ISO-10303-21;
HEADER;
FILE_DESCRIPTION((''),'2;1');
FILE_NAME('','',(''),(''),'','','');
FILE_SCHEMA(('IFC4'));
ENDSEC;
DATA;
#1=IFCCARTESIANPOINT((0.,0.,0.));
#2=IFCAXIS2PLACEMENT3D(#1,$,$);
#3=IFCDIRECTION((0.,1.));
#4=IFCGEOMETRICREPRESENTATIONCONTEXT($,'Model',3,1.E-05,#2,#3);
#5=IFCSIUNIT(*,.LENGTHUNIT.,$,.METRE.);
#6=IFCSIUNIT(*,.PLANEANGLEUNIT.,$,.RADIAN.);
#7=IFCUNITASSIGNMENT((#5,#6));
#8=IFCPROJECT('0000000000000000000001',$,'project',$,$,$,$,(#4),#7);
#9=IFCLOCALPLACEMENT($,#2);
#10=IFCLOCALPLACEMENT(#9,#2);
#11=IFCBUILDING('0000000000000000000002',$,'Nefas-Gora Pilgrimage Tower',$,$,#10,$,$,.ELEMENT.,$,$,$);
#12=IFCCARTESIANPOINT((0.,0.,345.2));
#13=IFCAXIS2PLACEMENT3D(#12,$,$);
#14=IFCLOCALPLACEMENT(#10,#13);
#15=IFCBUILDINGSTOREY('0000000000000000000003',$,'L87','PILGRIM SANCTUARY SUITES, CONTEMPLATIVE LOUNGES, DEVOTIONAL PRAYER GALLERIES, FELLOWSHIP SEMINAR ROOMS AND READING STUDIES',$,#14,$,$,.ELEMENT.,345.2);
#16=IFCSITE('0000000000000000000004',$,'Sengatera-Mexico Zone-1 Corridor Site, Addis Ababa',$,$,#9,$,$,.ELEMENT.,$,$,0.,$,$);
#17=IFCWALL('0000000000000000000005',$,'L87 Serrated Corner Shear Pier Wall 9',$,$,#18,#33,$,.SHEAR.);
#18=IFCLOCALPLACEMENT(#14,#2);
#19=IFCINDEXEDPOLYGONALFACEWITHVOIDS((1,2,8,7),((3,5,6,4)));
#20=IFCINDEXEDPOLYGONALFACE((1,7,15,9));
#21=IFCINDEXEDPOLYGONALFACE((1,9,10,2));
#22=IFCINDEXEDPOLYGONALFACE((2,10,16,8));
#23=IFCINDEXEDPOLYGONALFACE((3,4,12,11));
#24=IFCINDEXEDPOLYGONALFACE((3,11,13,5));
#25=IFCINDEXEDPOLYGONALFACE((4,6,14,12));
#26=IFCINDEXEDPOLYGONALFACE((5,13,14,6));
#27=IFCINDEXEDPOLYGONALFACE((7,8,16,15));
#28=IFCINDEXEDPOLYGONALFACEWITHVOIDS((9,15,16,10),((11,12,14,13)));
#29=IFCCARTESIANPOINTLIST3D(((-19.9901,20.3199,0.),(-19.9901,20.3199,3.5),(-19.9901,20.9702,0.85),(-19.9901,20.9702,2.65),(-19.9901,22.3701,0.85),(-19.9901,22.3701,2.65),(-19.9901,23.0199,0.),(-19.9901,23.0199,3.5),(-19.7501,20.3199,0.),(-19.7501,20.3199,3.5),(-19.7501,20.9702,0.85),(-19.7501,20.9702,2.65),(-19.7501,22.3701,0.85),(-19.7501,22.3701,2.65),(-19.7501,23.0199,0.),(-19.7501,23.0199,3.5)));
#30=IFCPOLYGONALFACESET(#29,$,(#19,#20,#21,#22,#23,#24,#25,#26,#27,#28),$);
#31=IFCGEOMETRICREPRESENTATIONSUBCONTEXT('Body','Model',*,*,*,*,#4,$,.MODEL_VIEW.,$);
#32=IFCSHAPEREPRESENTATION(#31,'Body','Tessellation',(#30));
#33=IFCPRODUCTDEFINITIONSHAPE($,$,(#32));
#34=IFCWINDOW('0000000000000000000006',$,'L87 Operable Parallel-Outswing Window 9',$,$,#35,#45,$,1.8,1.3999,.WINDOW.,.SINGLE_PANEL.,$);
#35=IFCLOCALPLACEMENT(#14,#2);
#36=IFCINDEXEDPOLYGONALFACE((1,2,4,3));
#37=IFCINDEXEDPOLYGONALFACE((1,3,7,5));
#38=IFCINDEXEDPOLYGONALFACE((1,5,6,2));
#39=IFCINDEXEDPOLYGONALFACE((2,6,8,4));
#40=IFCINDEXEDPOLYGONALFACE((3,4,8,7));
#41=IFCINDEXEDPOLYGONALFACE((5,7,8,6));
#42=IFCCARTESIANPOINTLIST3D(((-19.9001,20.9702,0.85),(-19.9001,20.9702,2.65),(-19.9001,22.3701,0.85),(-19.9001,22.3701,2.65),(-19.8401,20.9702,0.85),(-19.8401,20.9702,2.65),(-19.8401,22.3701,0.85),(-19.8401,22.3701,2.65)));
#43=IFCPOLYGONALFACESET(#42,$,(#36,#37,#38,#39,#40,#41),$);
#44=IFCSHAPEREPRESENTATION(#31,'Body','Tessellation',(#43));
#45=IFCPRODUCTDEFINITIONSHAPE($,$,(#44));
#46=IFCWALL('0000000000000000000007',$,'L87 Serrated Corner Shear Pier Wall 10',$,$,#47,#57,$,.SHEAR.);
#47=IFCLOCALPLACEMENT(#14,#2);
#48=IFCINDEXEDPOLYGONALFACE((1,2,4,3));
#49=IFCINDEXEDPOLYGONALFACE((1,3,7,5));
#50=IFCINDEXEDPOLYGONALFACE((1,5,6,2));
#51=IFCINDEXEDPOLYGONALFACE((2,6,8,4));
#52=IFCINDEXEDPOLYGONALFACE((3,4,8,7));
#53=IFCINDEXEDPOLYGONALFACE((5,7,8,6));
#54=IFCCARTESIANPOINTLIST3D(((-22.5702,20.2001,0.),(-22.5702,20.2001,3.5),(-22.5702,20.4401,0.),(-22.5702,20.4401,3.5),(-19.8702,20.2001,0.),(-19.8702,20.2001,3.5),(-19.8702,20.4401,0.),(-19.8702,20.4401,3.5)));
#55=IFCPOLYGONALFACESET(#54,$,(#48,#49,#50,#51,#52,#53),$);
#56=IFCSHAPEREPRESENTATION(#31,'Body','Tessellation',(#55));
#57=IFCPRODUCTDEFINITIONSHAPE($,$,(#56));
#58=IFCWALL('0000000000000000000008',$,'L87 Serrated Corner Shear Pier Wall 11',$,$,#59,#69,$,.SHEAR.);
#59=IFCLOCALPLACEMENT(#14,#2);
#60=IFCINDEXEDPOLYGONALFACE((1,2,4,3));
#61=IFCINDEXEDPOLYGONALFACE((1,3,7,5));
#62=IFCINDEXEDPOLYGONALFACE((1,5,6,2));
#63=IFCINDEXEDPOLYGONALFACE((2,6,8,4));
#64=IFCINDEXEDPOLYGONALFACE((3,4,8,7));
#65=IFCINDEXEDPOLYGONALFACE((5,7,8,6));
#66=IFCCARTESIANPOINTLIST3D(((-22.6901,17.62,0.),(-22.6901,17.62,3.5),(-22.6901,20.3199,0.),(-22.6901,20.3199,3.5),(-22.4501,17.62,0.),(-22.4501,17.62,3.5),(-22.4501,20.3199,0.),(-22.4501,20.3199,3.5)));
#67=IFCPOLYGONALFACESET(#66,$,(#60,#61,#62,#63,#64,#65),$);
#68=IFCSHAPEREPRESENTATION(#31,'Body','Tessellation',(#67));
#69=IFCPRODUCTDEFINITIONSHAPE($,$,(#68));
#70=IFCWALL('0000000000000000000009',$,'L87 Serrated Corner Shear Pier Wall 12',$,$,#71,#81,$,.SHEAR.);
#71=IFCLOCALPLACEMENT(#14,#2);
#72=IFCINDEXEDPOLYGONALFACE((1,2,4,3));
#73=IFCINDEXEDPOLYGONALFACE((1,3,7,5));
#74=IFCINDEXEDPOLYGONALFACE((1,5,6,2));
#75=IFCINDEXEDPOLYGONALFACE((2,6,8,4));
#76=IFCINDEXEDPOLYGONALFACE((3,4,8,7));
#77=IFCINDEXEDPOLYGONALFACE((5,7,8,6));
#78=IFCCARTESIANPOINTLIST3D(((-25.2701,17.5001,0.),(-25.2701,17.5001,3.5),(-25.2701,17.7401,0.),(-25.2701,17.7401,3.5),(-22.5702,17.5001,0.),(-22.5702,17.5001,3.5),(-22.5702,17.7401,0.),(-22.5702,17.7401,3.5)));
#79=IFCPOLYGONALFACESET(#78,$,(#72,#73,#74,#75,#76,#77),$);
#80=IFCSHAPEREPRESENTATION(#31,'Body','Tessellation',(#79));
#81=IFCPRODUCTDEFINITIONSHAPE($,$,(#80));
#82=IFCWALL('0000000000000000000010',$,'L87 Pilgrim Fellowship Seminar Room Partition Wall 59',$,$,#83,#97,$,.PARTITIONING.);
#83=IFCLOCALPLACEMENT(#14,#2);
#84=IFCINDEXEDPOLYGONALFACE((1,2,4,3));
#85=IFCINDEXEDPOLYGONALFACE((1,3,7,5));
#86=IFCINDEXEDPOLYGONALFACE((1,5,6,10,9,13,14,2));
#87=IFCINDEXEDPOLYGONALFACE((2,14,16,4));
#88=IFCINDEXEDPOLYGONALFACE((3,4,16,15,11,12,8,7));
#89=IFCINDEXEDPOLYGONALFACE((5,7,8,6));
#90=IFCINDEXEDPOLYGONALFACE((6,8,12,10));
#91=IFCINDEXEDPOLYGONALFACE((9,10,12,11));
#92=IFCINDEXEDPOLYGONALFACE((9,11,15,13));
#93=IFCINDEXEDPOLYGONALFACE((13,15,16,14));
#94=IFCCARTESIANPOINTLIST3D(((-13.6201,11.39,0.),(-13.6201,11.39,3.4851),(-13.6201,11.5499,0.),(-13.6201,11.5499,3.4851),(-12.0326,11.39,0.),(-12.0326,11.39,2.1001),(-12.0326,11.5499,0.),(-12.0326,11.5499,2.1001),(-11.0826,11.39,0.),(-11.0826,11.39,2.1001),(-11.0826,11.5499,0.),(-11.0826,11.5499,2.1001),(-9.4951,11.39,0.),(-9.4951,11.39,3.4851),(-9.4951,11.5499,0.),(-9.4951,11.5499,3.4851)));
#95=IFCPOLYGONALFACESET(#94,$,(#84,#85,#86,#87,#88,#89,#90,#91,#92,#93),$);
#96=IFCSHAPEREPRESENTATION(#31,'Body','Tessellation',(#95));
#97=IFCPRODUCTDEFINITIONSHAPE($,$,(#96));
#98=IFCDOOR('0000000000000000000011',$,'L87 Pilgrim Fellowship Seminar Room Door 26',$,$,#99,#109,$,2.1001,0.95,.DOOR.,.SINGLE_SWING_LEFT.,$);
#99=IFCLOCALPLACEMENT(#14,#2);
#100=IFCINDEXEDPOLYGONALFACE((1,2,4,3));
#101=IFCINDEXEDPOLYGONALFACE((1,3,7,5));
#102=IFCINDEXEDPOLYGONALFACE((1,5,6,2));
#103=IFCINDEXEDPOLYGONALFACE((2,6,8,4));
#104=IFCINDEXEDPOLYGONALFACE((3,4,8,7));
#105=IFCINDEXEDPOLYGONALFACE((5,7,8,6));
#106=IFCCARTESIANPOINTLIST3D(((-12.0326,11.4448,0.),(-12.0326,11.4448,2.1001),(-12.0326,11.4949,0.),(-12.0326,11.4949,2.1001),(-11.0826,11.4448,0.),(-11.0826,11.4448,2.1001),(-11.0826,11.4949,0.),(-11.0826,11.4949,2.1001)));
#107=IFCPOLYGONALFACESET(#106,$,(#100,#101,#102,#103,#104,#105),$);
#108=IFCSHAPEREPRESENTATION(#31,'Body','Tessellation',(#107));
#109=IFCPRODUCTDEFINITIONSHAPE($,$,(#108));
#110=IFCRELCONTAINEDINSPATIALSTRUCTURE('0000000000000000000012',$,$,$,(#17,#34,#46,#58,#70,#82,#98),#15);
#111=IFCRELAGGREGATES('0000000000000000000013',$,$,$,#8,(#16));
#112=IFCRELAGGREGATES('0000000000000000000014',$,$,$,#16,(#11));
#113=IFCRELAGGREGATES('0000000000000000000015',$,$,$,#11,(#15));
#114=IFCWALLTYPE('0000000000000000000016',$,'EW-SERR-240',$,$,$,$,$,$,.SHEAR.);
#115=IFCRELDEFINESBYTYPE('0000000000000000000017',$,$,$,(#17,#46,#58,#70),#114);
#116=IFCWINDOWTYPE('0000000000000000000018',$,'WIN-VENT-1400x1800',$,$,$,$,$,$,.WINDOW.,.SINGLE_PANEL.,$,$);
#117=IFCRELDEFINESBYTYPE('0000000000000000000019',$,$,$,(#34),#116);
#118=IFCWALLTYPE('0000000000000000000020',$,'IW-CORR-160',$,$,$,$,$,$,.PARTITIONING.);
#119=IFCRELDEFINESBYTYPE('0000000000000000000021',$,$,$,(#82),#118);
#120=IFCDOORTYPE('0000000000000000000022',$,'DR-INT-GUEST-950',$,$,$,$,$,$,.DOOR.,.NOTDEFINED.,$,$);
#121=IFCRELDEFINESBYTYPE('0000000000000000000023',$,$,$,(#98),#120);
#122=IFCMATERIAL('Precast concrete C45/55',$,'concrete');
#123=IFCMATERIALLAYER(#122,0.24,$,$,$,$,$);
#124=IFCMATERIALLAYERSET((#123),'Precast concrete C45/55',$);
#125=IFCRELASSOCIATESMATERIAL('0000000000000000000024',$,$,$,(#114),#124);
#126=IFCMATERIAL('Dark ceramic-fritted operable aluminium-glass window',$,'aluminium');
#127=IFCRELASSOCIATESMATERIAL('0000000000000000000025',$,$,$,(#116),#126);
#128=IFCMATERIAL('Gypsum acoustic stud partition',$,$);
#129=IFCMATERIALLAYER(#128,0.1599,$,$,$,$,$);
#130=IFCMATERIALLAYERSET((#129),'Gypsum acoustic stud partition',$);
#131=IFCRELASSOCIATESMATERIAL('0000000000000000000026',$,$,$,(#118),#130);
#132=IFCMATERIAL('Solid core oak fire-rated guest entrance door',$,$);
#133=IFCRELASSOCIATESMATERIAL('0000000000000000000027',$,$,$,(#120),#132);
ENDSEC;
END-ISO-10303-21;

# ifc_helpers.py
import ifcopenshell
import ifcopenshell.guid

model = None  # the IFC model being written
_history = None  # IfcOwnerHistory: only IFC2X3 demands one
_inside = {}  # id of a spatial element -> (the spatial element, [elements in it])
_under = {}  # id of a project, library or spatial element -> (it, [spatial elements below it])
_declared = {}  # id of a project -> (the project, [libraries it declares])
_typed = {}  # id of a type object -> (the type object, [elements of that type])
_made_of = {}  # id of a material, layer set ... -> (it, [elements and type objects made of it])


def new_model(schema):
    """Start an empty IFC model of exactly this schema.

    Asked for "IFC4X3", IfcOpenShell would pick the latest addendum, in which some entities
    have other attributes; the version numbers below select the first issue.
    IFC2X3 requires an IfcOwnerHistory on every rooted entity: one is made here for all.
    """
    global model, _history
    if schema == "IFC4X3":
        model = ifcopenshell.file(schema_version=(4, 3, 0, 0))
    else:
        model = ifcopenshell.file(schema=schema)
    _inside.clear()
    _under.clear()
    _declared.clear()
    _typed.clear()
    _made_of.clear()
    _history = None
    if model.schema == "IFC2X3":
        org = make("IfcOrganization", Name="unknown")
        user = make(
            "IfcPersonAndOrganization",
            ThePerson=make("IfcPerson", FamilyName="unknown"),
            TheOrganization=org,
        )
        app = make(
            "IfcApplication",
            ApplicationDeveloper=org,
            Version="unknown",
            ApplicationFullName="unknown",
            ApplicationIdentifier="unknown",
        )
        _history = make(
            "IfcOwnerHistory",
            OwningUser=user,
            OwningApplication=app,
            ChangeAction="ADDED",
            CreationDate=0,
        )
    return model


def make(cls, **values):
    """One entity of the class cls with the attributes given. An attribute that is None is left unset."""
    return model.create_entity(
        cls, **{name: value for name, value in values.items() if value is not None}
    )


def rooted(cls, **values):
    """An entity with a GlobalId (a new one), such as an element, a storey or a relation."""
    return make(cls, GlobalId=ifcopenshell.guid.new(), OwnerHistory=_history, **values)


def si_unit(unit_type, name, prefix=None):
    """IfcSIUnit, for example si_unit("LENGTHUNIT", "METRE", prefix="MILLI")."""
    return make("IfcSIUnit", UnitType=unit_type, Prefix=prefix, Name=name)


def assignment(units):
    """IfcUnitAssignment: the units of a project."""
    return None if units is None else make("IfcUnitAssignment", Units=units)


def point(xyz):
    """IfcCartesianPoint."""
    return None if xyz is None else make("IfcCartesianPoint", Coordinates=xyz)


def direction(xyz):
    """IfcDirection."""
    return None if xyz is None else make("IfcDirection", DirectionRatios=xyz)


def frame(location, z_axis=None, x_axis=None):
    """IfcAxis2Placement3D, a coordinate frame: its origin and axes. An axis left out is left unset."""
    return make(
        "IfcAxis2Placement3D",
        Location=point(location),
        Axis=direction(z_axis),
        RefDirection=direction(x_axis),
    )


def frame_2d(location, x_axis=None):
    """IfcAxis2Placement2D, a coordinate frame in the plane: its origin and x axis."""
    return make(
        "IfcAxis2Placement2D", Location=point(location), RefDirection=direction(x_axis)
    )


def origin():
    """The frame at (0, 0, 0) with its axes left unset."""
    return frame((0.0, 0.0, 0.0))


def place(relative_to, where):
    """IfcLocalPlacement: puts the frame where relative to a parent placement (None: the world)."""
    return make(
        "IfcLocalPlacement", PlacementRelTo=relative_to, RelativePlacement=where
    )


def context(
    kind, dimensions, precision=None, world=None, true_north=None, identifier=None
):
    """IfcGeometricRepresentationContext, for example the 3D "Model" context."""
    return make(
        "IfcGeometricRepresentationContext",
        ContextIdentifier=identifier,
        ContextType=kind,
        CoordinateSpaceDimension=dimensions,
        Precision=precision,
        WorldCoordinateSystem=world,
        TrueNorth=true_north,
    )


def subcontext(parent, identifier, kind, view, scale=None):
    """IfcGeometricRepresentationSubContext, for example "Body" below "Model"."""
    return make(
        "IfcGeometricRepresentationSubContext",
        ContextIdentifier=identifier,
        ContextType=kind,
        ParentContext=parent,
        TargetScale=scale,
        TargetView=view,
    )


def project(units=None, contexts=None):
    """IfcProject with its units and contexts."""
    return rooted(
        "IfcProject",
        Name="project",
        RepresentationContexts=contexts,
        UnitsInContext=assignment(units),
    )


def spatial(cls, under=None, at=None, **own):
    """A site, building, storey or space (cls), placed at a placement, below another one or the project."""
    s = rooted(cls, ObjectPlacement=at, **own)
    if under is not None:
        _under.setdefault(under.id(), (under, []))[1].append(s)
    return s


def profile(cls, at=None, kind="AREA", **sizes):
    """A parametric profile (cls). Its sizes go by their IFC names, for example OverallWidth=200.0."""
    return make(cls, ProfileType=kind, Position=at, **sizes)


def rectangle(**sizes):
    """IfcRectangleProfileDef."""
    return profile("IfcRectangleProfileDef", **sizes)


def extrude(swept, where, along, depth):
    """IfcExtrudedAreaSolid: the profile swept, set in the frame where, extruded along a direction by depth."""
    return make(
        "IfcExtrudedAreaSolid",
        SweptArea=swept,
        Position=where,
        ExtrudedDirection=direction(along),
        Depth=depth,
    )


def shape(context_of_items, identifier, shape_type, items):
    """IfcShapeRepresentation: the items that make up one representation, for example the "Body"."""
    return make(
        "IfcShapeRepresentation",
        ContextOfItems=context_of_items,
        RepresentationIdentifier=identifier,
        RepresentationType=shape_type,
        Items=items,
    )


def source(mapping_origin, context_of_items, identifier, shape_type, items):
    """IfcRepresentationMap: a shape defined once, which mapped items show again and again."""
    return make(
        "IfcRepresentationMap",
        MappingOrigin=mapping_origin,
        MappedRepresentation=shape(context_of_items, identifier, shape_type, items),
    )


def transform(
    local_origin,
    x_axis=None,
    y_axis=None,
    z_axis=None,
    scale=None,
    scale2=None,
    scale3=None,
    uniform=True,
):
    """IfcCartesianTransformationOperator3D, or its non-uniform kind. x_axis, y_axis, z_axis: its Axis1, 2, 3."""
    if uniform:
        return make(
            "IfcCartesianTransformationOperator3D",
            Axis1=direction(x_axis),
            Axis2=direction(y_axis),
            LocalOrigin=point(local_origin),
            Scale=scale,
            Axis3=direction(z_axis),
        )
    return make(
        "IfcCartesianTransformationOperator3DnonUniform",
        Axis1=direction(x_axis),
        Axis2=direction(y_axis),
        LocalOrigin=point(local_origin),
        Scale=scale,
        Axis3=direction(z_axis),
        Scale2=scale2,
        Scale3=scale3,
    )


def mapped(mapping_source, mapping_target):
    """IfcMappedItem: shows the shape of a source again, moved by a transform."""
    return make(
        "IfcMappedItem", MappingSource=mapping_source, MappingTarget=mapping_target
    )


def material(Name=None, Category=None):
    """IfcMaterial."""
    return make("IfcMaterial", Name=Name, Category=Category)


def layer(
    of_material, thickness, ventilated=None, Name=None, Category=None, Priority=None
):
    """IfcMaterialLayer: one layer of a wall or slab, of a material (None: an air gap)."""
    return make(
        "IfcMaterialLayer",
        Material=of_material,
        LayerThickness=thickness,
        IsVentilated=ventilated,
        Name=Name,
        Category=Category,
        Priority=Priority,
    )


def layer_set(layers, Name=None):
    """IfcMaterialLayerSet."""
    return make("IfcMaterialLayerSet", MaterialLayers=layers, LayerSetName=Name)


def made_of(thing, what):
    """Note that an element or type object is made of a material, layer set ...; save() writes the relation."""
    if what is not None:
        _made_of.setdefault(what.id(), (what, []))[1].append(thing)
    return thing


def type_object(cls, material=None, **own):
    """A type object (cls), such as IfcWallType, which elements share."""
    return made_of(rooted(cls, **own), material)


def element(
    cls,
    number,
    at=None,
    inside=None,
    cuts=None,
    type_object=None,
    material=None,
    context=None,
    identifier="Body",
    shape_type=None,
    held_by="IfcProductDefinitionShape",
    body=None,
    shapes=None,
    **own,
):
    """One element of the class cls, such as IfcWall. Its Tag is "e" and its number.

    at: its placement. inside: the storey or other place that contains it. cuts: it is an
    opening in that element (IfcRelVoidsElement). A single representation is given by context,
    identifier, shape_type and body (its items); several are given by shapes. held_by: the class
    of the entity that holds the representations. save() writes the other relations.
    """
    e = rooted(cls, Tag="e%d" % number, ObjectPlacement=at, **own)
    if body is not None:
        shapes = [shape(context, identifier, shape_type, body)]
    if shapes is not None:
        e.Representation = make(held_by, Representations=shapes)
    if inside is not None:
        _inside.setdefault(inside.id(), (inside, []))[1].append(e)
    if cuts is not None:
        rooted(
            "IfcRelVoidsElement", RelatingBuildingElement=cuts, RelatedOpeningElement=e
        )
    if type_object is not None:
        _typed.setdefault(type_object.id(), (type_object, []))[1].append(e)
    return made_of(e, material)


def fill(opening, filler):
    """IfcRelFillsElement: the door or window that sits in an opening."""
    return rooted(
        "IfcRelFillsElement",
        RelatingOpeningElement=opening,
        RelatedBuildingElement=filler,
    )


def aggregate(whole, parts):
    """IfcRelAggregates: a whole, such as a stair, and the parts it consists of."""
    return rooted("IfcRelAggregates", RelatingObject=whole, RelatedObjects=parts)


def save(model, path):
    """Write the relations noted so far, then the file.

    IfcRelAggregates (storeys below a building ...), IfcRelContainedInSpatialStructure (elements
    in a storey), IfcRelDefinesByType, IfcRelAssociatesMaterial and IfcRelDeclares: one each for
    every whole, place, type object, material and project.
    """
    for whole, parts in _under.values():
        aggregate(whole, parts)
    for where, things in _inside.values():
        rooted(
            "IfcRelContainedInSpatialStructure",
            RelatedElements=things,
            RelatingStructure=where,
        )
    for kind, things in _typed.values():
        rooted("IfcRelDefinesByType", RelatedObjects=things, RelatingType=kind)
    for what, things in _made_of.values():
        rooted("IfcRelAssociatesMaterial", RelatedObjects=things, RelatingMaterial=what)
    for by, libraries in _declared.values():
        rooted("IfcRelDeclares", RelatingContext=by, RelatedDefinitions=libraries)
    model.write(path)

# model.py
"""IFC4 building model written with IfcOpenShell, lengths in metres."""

from ifc_helpers import new_model, si_unit, direction, frame, frame_2d, origin, place, context, subcontext, project, spatial, rectangle, extrude, source, transform, mapped, material, layer, layer_set, type_object, element, fill, save


model = new_model("IFC4")

# Units and contexts
model_context = context("Model", 3, precision=1e-05, world=origin(), true_north=direction((0.0, 1.0)))
body_context = subcontext(model_context, "Body", "Model", "MODEL_VIEW")
ifc_project = project(units=[si_unit("LENGTHUNIT", "METRE"), si_unit("PLANEANGLEUNIT", "RADIAN")], contexts=[model_context])

# Site, building, storey
site_placement = place(None, origin())
site = spatial("IfcSite", under=ifc_project, at=site_placement, Name="Sengatera-Mexico Zone-1 Corridor Site, Addis Ababa", CompositionType="ELEMENT", RefElevation=0.0)
building_placement = place(site_placement, origin())
building = spatial("IfcBuilding", under=site, at=building_placement, Name="Nefas-Gora Pilgrimage Tower", CompositionType="ELEMENT")
storey_placement = place(building_placement, frame((0.0, 0.0, 345.2)))
storey = spatial("IfcBuildingStorey", under=building, at=storey_placement, Name="L87", Description="PILGRIM SANCTUARY SUITES, CONTEMPLATIVE LOUNGES, DEVOTIONAL PRAYER GALLERIES, FELLOWSHIP SEMINAR ROOMS AND READING STUDIES", CompositionType="ELEMENT", Elevation=345.2)

# Wall, opening, window
ifc_material_1 = material(Name="Precast concrete C45/55", Category="concrete")
ifc_layer_1 = layer(ifc_material_1, 0.24)
ifc_layer_set_1 = layer_set([ifc_layer_1], Name="Precast concrete C45/55")
wall_type_1 = type_object("IfcWallType", Name="EW-SERR-240", PredefinedType="SHEAR", material=ifc_layer_set_1)
shared_shape_1 = source(origin(), body_context, "Body", "SweptSolid", [
    extrude(rectangle(XDim=2.7, YDim=0.24, at=frame_2d((1.3501, 0.0))), origin(), (0.0, 0.0, 1.0), 3.5),
])
wall_1_placement = place(storey_placement, frame((-19.8701, 23.02, 0.0), z_axis=(0.0, 0.0, 1.0), x_axis=(0.0, -1.0, 0.0)))
wall_1 = element("IfcWall", 1, at=wall_1_placement, inside=storey, type_object=wall_type_1, Name="L87 Serrated Corner Shear Pier Wall 9", PredefinedType="SHEAR", context=body_context, shape_type="MappedRepresentation", body=[
    mapped(shared_shape_1, transform((0.0, 0.0, 0.0), x_axis=(1.0, 0.0, 0.0), y_axis=(0.0, 1.0, 0.0), z_axis=(0.0, 0.0, 1.0), scale=1.0)),
])
opening_1_placement = place(wall_1_placement, frame((0.6499, 0.0, 0.8501)))
opening_1 = element("IfcOpeningElement", 2, at=opening_1_placement, cuts=wall_1, PredefinedType="OPENING", context=body_context, shape_type="SweptSolid", body=[
    extrude(rectangle(XDim=1.3999, YDim=1.8, at=frame_2d((0.7, 0.8999))), frame((0.0, 0.1299, 0.0), z_axis=(0.0, -1.0, 0.0), x_axis=(1.0, 0.0, 0.0)), (0.0, 0.0, 1.0), 0.26),
])
ifc_material_2 = material(Name="Dark ceramic-fritted operable aluminium-glass window", Category="aluminium")
window_type = type_object("IfcWindowType", Name="WIN-VENT-1400x1800", PartitioningType="SINGLE_PANEL", PredefinedType="WINDOW", material=ifc_material_2)
shared_shape_2 = source(origin(), body_context, "Body", "SweptSolid", [
    extrude(rectangle(XDim=1.3999, YDim=1.8, at=frame_2d((0.7, 0.8999))), frame((0.0, 0.03, 0.0), z_axis=(0.0, -1.0, 0.0), x_axis=(1.0, 0.0, 0.0)), (0.0, 0.0, 1.0), 0.0601),
])
window_placement = place(opening_1_placement, origin())
window = element("IfcWindow", 3, at=window_placement, inside=storey, type_object=window_type, Name="L87 Operable Parallel-Outswing Window 9", OverallHeight=1.8, OverallWidth=1.3999, PartitioningType="SINGLE_PANEL", PredefinedType="WINDOW", context=body_context, shape_type="MappedRepresentation", body=[
    mapped(shared_shape_2, transform((0.0, 0.0, 0.0), x_axis=(1.0, 0.0, 0.0), y_axis=(0.0, 1.0, 0.0), z_axis=(0.0, 0.0, 1.0), scale=1.0)),
])
fill(opening_1, window)

# Walls
for number, where, z_axis, x_axis, name in (
    (4, (-19.8701, 20.3201, 0.0), (0.0, 0.0, 1.0), (-1.0, 0.0, 0.0), "L87 Serrated Corner Shear Pier Wall 10"),
    (5, (-22.5701, 20.3201, 0.0), (0.0, 0.0, 1.0), (0.0, -1.0, 0.0), "L87 Serrated Corner Shear Pier Wall 11"),
    (6, (-22.5701, 17.6201, 0.0), (0.0, 0.0, 1.0), (-1.0, 0.0, 0.0), "L87 Serrated Corner Shear Pier Wall 12"),
):
    element("IfcWall", number, at=place(storey_placement, frame(where, z_axis=z_axis, x_axis=x_axis)), inside=storey, type_object=wall_type_1, Name=name, PredefinedType="SHEAR", context=body_context, shape_type="MappedRepresentation", body=[
        mapped(shared_shape_1, transform((0.0, 0.0, 0.0), x_axis=(1.0, 0.0, 0.0), y_axis=(0.0, 1.0, 0.0), z_axis=(0.0, 0.0, 1.0), scale=1.0)),
    ])

# Wall, opening, door
ifc_material_3 = material(Name="Gypsum acoustic stud partition")
ifc_layer_2 = layer(ifc_material_3, 0.1599)
ifc_layer_set_2 = layer_set([ifc_layer_2], Name="Gypsum acoustic stud partition")
wall_type_2 = type_object("IfcWallType", Name="IW-CORR-160", PredefinedType="PARTITIONING", material=ifc_layer_set_2)
shared_shape_3 = source(origin(), body_context, "Body", "SweptSolid", [
    extrude(rectangle(XDim=4.125, YDim=0.1599, at=frame_2d((2.0625, 0.0))), origin(), (0.0, 0.0, 1.0), 3.4851),
])
wall_2_placement = place(storey_placement, frame((-13.6201, 11.47, 0.0), z_axis=(0.0, 0.0, 1.0), x_axis=(1.0, 0.0, 0.0)))
wall_2 = element("IfcWall", 7, at=wall_2_placement, inside=storey, type_object=wall_type_2, Name="L87 Pilgrim Fellowship Seminar Room Partition Wall 59", PredefinedType="PARTITIONING", context=body_context, shape_type="MappedRepresentation", body=[
    mapped(shared_shape_3, transform((0.0, 0.0, 0.0), x_axis=(1.0, 0.0, 0.0), y_axis=(0.0, 1.0, 0.0), z_axis=(0.0, 0.0, 1.0), scale=1.0)),
])
opening_2_placement = place(wall_2_placement, frame((1.5874, 0.0, 0.0)))
opening_2 = element("IfcOpeningElement", 8, at=opening_2_placement, cuts=wall_2, PredefinedType="OPENING", context=body_context, shape_type="SweptSolid", body=[
    extrude(rectangle(XDim=0.95, YDim=2.1001, at=frame_2d((0.4751, 1.05))), frame((0.0, 0.0898, 0.0), z_axis=(0.0, -1.0, 0.0), x_axis=(1.0, 0.0, 0.0)), (0.0, 0.0, 1.0), 0.1799),
])
ifc_material_4 = material(Name="Solid core oak fire-rated guest entrance door")
door_type = type_object("IfcDoorType", Name="DR-INT-GUEST-950", OperationType="NOTDEFINED", PredefinedType="DOOR", material=ifc_material_4)
shared_shape_4 = source(origin(), body_context, "Body", "SweptSolid", [
    extrude(rectangle(XDim=0.95, YDim=2.1001, at=frame_2d((0.4751, 1.05))), frame((0.0, 0.0249, 0.0), z_axis=(0.0, -1.0, 0.0), x_axis=(1.0, 0.0, 0.0)), (0.0, 0.0, 1.0), 0.05),
])
door_placement = place(opening_2_placement, origin())
door = element("IfcDoor", 9, at=door_placement, inside=storey, type_object=door_type, Name="L87 Pilgrim Fellowship Seminar Room Door 26", OperationType="SINGLE_SWING_LEFT", OverallHeight=2.1001, OverallWidth=0.95, PredefinedType="DOOR", context=body_context, shape_type="MappedRepresentation", body=[
    mapped(shared_shape_4, transform((0.0, 0.0, 0.0), x_axis=(1.0, 0.0, 0.0), y_axis=(0.0, 1.0, 0.0), z_axis=(0.0, 0.0, 1.0), scale=1.0)),
])
fill(opening_2, door)

save(model, "model.ifc")
